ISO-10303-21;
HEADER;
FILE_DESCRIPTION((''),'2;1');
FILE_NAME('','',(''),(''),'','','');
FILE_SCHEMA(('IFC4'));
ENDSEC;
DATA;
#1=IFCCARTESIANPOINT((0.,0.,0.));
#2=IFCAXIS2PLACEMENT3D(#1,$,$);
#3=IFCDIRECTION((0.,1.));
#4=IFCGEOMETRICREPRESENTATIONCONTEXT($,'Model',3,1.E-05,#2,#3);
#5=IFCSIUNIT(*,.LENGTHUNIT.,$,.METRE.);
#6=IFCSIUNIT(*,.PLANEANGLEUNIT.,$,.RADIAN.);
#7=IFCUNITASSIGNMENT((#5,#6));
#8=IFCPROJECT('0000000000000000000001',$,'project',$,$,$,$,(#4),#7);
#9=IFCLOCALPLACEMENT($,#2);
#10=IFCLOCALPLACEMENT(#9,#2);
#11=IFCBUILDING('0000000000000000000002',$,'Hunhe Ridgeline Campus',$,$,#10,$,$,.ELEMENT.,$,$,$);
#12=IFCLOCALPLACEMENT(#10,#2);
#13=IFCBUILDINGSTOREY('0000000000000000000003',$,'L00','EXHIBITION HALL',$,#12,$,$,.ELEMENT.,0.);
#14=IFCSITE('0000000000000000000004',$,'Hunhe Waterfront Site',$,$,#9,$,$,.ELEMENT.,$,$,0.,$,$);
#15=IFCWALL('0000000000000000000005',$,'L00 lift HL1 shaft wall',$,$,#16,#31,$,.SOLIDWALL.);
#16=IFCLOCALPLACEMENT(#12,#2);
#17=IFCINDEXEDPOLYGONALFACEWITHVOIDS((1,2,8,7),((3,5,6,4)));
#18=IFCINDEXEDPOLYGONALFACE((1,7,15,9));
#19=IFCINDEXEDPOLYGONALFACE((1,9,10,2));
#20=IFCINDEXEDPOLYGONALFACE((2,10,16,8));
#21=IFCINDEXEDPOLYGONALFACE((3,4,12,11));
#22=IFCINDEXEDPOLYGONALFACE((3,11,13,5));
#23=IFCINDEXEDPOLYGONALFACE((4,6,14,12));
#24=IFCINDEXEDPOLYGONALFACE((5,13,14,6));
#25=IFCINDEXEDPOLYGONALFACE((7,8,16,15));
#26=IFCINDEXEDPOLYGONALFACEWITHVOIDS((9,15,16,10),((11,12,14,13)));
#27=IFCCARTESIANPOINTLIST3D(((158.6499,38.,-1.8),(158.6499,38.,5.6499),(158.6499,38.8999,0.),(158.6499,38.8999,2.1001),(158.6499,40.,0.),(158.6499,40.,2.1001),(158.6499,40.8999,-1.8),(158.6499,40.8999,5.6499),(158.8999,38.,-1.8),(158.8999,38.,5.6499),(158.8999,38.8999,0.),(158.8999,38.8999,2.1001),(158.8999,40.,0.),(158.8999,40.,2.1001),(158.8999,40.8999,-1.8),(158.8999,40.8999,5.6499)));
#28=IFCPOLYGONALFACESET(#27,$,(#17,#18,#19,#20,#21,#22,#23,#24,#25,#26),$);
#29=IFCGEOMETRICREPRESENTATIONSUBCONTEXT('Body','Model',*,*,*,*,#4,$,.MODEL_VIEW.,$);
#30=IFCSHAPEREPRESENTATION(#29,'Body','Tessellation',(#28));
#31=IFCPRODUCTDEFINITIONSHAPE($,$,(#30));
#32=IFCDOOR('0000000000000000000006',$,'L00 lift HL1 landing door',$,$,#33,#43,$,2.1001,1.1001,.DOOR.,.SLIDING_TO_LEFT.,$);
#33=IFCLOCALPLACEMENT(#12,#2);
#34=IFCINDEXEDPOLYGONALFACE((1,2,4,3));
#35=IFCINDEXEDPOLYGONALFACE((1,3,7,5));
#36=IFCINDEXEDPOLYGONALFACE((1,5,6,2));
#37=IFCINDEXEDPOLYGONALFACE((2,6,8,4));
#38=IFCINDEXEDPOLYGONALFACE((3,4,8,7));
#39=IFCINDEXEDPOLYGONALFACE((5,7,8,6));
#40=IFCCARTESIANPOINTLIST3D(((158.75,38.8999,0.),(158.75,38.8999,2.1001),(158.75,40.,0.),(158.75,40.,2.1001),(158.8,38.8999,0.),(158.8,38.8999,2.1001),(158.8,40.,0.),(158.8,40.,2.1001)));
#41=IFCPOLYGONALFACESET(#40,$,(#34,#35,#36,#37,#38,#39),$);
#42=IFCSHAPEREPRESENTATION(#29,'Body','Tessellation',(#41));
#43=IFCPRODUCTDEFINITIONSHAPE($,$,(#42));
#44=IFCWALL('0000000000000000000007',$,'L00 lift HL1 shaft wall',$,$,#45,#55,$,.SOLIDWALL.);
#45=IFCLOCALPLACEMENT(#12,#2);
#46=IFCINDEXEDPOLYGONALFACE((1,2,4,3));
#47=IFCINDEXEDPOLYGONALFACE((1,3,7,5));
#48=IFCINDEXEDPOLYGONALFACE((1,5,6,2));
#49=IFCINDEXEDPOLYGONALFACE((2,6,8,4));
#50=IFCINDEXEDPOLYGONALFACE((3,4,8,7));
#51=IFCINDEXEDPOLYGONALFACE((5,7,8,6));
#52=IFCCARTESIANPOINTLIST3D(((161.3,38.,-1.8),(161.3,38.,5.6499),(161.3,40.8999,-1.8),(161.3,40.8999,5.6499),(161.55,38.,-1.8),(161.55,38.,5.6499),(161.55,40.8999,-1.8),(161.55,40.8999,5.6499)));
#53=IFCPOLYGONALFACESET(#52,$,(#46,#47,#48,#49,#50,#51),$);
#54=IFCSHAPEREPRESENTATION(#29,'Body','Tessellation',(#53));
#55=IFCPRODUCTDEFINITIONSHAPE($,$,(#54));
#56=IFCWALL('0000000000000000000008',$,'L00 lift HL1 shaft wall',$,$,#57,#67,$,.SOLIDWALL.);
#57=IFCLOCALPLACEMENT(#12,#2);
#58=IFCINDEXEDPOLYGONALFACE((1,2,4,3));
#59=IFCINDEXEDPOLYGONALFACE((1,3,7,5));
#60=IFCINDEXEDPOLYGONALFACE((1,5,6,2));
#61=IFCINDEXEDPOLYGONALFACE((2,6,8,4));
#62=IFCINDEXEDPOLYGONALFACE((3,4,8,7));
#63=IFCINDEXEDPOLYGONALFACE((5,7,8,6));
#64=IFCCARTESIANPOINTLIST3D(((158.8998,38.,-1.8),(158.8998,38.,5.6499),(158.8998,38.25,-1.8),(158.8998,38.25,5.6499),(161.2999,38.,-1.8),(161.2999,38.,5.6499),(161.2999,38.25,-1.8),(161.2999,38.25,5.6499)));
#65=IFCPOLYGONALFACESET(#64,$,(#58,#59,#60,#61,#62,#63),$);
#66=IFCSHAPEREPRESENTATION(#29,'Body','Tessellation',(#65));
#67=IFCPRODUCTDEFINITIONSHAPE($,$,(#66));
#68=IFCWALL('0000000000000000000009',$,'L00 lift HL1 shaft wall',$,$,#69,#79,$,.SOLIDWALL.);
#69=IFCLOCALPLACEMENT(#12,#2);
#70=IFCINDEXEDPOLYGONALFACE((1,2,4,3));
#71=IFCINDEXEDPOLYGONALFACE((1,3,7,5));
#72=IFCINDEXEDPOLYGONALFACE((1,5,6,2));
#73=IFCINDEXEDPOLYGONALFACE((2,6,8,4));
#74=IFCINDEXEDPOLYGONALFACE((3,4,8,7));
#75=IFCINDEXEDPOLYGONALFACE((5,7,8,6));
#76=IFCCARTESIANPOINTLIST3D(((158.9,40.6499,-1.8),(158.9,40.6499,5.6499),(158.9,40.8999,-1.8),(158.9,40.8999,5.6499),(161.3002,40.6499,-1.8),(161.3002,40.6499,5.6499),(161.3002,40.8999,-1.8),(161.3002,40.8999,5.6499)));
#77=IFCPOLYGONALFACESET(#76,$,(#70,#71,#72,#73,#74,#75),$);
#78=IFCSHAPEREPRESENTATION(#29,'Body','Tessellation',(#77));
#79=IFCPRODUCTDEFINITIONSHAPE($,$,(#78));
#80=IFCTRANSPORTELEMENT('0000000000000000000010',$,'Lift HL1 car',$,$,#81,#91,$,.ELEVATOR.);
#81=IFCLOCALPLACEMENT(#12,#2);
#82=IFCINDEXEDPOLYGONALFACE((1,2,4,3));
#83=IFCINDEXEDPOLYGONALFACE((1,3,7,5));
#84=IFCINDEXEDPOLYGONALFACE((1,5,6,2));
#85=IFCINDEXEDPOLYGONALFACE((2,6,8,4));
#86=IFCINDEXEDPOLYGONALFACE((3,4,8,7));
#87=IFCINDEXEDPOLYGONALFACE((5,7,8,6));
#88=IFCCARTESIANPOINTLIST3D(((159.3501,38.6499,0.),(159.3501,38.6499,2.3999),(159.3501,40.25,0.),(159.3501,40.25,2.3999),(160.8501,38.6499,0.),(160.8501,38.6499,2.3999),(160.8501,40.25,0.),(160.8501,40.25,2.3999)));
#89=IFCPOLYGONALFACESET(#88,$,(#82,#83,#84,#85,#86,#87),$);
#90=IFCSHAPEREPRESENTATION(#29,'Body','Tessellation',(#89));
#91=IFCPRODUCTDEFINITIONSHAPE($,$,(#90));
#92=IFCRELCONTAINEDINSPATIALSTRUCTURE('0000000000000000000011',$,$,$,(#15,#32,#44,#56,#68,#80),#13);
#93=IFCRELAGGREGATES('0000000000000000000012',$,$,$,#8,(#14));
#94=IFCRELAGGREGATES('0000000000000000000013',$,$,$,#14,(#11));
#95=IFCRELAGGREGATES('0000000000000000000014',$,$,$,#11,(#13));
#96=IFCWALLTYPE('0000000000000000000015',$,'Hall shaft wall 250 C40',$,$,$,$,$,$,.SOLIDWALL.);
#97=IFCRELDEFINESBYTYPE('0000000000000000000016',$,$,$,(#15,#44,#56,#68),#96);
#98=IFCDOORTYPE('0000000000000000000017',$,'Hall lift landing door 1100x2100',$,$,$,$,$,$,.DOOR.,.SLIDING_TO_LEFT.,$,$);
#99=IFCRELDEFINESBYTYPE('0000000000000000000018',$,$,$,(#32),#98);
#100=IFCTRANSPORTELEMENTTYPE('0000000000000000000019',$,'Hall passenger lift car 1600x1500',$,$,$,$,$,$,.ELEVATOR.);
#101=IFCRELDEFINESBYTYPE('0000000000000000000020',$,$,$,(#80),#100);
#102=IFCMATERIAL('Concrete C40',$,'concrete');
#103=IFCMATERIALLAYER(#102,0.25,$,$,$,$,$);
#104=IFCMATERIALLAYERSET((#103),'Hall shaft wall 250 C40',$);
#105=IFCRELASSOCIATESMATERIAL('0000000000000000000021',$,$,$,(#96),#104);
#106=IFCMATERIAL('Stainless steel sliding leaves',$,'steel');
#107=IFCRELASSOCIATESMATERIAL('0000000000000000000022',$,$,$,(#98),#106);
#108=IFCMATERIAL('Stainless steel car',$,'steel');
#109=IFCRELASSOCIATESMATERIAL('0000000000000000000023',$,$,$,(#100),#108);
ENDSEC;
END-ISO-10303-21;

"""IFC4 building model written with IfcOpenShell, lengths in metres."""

from ifc_helpers import new_model, si_unit, direction, frame, frame_2d, origin, origin_2d, place, context, subcontext, project, spatial, rectangle, extrude, material, layer, layer_set, type_object, element, fill, save


model = new_model("IFC4")

# Units and contexts
model_context = context("Model", 3, precision=1e-05, world=origin(), true_north=direction((0.0, 1.0)))
body_context = subcontext(model_context, "Body", "Model", "MODEL_VIEW")
ifc_project = project(units=[si_unit("LENGTHUNIT", "METRE"), si_unit("PLANEANGLEUNIT", "RADIAN")], contexts=[model_context])

# Site, building, storey
site_placement = place(None, origin())
site = spatial("IfcSite", under=ifc_project, at=site_placement, Name="Hunhe Waterfront Site", CompositionType="ELEMENT", RefElevation=0.0)
building_placement = place(site_placement, origin())
building = spatial("IfcBuilding", under=site, at=building_placement, Name="Hunhe Ridgeline Campus", CompositionType="ELEMENT")
storey_placement = place(building_placement, origin())
storey = spatial("IfcBuildingStorey", under=building, at=storey_placement, Name="L00", Description="EXHIBITION HALL", CompositionType="ELEMENT", Elevation=0.0)

# Shared definitions
ifc_material_1 = material(Name="Concrete C40", Category="concrete")

# Wall, opening, door
ifc_layer_1 = layer(ifc_material_1, 0.25)
ifc_layer_set_1 = layer_set([ifc_layer_1], Name="Hall shaft wall 250 C40")
wall_type_1 = type_object("IfcWallType", Name="Hall shaft wall 250 C40", PredefinedType="SOLIDWALL", material=ifc_layer_set_1)
wall_1_placement = place(storey_placement, frame((158.7749, 38.0, -1.8), z_axis=(0.0, 0.0, 1.0), x_axis=(0.0, 1.0, 0.0)))
wall_1 = element("IfcWall", 1, at=wall_1_placement, inside=storey, type_object=wall_type_1, Name="L00 lift HL1 shaft wall", PredefinedType="SOLIDWALL", context=body_context, shape_type="SweptSolid", body=[
    extrude(rectangle(XDim=2.8999, YDim=0.25, at=frame_2d((1.45, 0.0))), origin(), (0.0, 0.0, 1.0), 7.45),
])
opening_1_placement = place(wall_1_placement, frame((0.8999, 0.0, 1.8)))
opening_1 = element("IfcOpeningElement", 2, at=opening_1_placement, cuts=wall_1, PredefinedType="OPENING", context=body_context, shape_type="SweptSolid", body=[
    extrude(rectangle(XDim=1.1001, YDim=2.1001, at=frame_2d((0.55, 1.05))), frame((0.0, 0.125, 0.0), z_axis=(0.0, -1.0, 0.0), x_axis=(1.0, 0.0, 0.0)), (0.0, 0.0, 1.0), 0.25),
])
ifc_material_2 = material(Name="Stainless steel sliding leaves", Category="steel")
door_type_1 = type_object("IfcDoorType", Name="Hall lift landing door 1100x2100", OperationType="SLIDING_TO_LEFT", PredefinedType="DOOR", material=ifc_material_2)
door_1_placement = place(opening_1_placement, origin())
door_1 = element("IfcDoor", 3, at=door_1_placement, inside=storey, type_object=door_type_1, Name="L00 lift HL1 landing door", OperationType="SLIDING_TO_LEFT", OverallHeight=2.1001, OverallWidth=1.1001, PredefinedType="DOOR", context=body_context, shape_type="SweptSolid", body=[
    extrude(rectangle(XDim=1.1001, YDim=2.1001, at=frame_2d((0.55, 1.05))), frame((0.0, 0.0249, 0.0), z_axis=(0.0, -1.0, 0.0), x_axis=(1.0, 0.0, 0.0)), (0.0, 0.0, 1.0), 0.05),
])
fill(opening_1, door_1)

# Walls
wall_2_placement = place(storey_placement, frame((161.425, 40.8999, -1.8), z_axis=(0.0, 0.0, 1.0), x_axis=(0.0, -1.0, 0.0)))
element("IfcWall", 4, at=wall_2_placement, inside=storey, type_object=wall_type_1, Name="L00 lift HL1 shaft wall", PredefinedType="SOLIDWALL", context=body_context, shape_type="SweptSolid", body=[
    extrude(rectangle(XDim=2.8999, YDim=0.25, at=frame_2d((1.45, 0.0))), origin(), (0.0, 0.0, 1.0), 7.45),
])
for number, where, z_axis, x_axis, name in (
    (5, (161.3, 38.125, -1.8), (0.0, 0.0, 1.0), (-1.0, 0.0, 0.0), "L00 lift HL1 shaft wall"),
    (6, (158.8999, 40.7749, -1.8), (0.0, 0.0, 1.0), (1.0, 0.0, 0.0), "L00 lift HL1 shaft wall"),
):
    element("IfcWall", number, at=place(storey_placement, frame(where, z_axis=z_axis, x_axis=x_axis)), inside=storey, type_object=wall_type_1, Name=name, PredefinedType="SOLIDWALL", context=body_context, shape_type="SweptSolid", body=[
        extrude(rectangle(XDim=2.4001, YDim=0.25, at=frame_2d((1.2002, 0.0))), origin(), (0.0, 0.0, 1.0), 7.45),
    ])

# Transport element
ifc_material_3 = material(Name="Stainless steel car", Category="steel")
transport_element_type = type_object("IfcTransportElementType", Name="Hall passenger lift car 1600x1500", PredefinedType="ELEVATOR", material=ifc_material_3)
transport_element_placement = place(storey_placement, frame((160.1001, 39.45, 0.0), z_axis=(0.0, 0.0, 1.0), x_axis=(1.0, 0.0, 0.0)))
element("IfcTransportElement", 7, at=transport_element_placement, inside=storey, type_object=transport_element_type, Name="Lift HL1 car", PredefinedType="ELEVATOR", context=body_context, shape_type="SweptSolid", body=[
    extrude(rectangle(XDim=1.5, YDim=1.6001, at=origin_2d()), origin(), (0.0, 0.0, 1.0), 2.3999),
])

save(model, "model.ifc")
